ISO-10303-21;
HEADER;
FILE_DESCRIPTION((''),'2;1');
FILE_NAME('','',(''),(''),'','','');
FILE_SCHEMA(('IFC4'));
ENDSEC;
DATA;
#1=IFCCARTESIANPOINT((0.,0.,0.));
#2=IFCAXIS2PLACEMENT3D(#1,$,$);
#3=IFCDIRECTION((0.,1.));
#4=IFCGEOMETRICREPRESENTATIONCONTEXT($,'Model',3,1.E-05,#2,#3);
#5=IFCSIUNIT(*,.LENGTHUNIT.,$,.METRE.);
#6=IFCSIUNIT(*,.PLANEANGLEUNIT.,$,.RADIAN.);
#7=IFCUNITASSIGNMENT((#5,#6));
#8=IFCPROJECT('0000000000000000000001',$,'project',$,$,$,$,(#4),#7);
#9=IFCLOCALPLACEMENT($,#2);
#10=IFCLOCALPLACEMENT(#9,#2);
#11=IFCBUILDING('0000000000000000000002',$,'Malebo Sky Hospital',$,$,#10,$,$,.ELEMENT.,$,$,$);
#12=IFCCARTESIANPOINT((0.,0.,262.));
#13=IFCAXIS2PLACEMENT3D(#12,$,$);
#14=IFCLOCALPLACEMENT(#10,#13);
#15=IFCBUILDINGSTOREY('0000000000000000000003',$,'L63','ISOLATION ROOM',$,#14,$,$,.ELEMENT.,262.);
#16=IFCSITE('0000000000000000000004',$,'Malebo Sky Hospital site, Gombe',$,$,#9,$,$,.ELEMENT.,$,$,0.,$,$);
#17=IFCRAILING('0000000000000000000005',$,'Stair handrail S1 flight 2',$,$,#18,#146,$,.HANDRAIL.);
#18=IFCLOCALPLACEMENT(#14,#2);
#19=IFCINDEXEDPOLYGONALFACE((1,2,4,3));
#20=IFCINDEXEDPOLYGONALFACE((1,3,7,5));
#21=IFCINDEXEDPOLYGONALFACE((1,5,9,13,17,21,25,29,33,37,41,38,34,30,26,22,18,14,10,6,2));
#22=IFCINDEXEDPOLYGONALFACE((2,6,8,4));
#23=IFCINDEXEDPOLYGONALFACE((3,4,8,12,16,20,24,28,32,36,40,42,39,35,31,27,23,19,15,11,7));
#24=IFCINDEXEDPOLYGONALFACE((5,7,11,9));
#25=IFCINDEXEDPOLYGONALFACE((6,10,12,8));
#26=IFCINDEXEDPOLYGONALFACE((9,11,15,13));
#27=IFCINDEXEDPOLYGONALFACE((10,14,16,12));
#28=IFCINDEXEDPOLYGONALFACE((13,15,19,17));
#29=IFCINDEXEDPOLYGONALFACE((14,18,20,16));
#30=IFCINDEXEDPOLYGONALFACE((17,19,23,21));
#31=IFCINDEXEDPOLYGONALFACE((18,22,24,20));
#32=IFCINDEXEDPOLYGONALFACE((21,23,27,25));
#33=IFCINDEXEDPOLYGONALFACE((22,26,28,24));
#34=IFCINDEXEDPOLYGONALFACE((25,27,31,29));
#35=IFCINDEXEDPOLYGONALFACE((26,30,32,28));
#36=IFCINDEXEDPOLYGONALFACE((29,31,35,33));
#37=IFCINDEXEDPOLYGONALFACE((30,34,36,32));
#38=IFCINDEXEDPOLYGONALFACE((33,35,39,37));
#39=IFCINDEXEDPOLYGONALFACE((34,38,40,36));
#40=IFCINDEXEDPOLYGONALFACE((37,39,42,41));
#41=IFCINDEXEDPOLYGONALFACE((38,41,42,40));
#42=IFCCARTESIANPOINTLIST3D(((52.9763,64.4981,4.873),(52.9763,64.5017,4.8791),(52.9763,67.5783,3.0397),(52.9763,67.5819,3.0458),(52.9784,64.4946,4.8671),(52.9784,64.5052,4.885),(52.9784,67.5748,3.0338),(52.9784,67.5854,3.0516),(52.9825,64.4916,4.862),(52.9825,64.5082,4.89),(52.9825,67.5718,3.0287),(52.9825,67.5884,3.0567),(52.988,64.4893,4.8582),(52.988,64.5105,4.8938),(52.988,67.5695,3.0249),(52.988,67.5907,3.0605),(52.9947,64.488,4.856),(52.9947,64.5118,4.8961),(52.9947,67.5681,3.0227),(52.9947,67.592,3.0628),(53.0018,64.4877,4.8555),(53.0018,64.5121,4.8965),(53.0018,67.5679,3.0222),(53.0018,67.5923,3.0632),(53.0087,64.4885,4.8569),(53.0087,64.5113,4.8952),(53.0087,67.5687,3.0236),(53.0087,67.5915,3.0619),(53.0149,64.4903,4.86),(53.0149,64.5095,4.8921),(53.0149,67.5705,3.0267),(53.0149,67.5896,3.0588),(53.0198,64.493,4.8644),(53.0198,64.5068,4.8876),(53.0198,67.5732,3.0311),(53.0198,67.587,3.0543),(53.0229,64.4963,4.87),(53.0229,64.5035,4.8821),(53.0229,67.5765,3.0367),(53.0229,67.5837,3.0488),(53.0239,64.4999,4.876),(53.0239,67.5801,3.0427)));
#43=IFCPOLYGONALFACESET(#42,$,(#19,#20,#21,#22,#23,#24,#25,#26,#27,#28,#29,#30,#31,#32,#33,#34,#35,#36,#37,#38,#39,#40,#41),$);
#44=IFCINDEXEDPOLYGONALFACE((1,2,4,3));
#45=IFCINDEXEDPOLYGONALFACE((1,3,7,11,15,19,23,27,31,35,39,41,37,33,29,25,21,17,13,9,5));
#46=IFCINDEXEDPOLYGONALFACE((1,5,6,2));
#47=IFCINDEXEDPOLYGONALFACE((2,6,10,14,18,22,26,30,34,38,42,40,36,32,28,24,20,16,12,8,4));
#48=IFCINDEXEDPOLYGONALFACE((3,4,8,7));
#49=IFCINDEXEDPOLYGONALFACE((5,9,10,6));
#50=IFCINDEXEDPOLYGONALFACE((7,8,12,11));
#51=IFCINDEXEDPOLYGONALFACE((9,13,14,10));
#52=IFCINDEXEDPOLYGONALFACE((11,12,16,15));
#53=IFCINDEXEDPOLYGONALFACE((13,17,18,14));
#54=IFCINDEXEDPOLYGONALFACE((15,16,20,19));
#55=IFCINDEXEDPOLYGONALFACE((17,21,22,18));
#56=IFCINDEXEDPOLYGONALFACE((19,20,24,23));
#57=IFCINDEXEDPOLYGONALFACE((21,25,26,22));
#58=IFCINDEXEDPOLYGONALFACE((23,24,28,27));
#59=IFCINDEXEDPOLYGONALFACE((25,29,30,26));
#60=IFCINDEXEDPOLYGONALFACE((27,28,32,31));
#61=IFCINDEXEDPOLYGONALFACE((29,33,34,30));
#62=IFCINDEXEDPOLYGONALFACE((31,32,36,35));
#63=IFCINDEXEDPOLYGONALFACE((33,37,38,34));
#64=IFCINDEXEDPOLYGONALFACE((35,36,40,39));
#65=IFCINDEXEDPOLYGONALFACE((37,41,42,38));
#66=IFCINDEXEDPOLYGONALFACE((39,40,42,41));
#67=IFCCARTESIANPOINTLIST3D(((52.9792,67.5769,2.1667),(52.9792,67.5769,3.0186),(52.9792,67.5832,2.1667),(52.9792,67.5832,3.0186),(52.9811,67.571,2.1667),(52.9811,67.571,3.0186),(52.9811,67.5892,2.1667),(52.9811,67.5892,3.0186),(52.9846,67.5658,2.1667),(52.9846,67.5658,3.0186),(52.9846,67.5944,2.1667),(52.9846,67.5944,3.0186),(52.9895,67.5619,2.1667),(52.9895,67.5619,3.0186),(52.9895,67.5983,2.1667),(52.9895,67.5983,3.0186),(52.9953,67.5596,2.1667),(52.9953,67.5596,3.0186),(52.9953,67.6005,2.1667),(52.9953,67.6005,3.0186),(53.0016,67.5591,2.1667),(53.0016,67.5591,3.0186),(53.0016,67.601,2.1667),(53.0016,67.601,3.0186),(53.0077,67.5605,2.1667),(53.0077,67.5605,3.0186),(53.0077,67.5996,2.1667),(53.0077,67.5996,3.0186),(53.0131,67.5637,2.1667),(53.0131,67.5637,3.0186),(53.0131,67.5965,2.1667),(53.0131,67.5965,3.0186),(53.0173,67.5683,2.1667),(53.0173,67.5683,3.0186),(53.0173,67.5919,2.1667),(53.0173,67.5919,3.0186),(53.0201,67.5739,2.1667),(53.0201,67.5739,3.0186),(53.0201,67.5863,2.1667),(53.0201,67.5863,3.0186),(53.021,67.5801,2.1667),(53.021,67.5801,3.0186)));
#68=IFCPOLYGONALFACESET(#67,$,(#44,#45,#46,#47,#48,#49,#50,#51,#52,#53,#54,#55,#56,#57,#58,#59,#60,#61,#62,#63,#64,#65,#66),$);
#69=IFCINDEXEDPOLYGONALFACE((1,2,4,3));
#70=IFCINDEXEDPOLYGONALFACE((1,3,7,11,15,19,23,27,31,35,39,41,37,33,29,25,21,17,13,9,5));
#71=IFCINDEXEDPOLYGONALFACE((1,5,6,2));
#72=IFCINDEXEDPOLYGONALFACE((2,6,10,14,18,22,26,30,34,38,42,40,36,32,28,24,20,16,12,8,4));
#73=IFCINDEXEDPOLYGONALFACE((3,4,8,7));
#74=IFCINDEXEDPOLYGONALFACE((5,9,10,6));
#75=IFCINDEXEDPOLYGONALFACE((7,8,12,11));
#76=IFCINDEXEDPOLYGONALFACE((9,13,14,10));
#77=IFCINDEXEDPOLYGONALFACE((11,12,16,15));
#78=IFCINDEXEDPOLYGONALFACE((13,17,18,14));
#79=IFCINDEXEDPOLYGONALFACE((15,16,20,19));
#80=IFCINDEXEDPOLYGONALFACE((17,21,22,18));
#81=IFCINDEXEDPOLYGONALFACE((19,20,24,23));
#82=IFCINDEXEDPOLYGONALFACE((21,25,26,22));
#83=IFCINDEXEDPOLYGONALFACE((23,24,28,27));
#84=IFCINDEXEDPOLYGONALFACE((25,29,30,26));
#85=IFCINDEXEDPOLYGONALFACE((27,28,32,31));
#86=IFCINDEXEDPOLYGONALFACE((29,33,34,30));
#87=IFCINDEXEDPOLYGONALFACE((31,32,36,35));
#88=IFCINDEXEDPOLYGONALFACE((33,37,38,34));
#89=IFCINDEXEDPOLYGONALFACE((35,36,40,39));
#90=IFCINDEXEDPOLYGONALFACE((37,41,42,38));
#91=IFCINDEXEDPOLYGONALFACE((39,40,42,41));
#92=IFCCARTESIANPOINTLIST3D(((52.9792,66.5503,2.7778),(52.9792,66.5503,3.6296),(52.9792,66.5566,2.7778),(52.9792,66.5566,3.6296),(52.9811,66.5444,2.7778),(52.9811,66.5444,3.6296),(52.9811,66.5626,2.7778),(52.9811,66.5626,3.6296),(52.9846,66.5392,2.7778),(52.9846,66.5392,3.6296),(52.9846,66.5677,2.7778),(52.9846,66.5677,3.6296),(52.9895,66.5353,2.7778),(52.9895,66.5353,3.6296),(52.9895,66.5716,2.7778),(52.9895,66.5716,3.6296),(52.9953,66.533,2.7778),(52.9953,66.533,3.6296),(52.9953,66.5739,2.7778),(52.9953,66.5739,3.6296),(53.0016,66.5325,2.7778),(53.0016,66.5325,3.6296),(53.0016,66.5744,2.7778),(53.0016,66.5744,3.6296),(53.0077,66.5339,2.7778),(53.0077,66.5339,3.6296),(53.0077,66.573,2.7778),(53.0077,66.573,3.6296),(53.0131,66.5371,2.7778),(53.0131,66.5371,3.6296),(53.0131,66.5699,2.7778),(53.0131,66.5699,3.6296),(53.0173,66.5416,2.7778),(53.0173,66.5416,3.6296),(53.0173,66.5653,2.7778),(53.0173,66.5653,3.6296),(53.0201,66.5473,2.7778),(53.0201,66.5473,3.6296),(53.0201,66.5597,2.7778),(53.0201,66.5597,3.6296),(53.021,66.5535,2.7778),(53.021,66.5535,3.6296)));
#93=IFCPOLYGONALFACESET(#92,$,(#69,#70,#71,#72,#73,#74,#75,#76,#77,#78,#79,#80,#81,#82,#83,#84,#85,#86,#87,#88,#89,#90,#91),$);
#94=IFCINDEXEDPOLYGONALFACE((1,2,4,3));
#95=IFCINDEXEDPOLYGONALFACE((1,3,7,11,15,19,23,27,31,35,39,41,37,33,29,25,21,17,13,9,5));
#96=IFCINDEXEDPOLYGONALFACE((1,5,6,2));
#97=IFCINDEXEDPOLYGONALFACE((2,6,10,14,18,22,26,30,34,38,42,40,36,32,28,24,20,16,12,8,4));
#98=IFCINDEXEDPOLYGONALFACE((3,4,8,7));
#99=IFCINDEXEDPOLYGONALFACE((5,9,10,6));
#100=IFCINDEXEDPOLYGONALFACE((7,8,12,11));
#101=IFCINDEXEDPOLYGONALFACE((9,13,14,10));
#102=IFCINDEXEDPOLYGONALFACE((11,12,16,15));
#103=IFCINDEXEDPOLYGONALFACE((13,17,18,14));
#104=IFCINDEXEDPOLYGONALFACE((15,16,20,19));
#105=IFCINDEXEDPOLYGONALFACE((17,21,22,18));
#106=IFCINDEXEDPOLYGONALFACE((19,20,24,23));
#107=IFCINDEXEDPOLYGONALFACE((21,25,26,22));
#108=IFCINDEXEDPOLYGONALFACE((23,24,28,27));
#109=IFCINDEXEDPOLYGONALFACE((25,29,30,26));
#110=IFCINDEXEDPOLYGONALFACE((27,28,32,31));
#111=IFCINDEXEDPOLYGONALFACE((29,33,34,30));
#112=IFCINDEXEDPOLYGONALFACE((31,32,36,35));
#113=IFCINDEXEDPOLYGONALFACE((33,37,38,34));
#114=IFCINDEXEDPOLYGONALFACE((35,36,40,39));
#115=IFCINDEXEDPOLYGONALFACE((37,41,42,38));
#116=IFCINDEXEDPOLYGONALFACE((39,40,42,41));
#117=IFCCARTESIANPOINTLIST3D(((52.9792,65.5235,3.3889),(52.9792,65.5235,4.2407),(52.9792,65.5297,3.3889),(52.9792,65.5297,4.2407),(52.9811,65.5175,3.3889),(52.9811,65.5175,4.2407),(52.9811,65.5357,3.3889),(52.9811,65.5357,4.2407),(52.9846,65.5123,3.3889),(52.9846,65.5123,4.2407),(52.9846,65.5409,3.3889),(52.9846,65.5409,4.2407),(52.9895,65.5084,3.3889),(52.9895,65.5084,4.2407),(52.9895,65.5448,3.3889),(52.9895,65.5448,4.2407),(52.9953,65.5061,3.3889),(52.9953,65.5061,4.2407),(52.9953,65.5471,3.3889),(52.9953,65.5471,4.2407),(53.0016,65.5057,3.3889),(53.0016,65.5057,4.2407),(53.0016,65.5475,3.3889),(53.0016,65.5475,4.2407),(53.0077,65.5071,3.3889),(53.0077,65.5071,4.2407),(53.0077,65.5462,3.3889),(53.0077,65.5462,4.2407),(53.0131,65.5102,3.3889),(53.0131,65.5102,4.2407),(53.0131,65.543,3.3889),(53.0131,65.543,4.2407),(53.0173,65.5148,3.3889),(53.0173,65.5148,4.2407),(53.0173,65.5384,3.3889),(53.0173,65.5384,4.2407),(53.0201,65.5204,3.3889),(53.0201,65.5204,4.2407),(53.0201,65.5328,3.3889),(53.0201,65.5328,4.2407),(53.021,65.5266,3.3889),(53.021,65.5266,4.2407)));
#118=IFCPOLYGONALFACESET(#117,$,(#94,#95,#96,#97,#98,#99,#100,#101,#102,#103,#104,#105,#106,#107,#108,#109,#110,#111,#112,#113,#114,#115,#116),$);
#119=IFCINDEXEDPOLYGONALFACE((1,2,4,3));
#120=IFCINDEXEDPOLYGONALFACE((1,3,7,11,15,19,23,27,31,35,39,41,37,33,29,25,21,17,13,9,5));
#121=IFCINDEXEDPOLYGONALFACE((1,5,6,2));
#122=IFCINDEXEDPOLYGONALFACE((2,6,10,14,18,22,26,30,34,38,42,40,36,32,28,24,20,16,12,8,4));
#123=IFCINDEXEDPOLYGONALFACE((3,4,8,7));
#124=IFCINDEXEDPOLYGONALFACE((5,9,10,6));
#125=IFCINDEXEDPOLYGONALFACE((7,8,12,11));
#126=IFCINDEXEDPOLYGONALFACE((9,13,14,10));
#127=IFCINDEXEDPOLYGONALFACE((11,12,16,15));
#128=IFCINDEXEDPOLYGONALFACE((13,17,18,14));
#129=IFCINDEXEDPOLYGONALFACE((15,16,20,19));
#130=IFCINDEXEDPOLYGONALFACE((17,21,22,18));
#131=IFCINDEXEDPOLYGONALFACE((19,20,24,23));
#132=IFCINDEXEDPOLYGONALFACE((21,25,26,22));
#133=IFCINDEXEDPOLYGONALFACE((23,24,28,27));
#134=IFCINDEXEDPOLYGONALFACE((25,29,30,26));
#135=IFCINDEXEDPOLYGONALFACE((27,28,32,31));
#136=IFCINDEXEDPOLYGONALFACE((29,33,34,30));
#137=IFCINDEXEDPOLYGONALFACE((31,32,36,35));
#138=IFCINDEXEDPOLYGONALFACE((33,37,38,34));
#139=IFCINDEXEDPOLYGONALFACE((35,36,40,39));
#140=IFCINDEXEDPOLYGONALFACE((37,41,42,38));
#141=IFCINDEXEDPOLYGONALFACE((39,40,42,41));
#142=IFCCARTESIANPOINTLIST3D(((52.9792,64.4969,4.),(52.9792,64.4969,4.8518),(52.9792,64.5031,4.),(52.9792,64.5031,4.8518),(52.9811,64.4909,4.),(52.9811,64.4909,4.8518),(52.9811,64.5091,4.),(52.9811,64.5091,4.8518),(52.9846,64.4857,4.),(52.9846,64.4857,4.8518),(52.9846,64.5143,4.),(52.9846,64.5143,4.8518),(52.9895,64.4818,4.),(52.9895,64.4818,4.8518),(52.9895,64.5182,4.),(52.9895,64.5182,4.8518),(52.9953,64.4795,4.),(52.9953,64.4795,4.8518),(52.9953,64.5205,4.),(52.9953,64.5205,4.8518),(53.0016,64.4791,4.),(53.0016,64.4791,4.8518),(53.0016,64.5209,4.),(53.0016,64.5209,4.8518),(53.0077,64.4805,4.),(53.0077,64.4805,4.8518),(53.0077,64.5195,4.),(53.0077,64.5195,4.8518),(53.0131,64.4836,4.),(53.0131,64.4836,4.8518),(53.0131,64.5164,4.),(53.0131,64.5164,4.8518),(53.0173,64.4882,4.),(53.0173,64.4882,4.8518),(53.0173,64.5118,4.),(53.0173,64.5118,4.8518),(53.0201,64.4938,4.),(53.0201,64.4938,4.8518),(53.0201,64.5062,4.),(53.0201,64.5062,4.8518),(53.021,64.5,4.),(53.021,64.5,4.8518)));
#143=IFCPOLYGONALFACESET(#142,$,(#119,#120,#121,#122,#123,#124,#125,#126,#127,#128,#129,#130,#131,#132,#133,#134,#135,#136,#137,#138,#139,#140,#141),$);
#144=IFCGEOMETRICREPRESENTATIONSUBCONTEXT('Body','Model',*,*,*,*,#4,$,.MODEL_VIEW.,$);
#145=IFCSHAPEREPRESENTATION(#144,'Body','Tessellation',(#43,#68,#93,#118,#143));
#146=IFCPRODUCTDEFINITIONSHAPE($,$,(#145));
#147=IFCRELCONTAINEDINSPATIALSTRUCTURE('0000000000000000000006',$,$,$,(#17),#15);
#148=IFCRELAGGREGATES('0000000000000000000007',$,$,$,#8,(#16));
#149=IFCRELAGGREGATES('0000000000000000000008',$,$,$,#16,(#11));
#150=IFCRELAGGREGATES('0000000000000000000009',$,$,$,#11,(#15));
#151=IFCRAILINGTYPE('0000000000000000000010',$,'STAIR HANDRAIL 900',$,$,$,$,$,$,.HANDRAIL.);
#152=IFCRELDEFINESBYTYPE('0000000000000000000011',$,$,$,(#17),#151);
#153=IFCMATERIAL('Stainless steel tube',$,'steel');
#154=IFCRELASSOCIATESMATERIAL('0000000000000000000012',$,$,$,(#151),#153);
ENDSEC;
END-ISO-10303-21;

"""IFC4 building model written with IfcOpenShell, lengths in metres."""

from ifc_helpers import new_model, si_unit, direction, frame, origin, origin_2d, place, context, subcontext, project, spatial, circle, extrude, material, type_object, element, save


model = new_model("IFC4")

# Units and contexts
model_context = context("Model", 3, precision=1e-05, world=origin(), true_north=direction((0.0, 1.0)))
body_context = subcontext(model_context, "Body", "Model", "MODEL_VIEW")
ifc_project = project(units=[si_unit("LENGTHUNIT", "METRE"), si_unit("PLANEANGLEUNIT", "RADIAN")], contexts=[model_context])

# Site, building, storey
site_placement = place(None, origin())
site = spatial("IfcSite", under=ifc_project, at=site_placement, Name="Malebo Sky Hospital site, Gombe", CompositionType="ELEMENT", RefElevation=0.0)
building_placement = place(site_placement, origin())
building = spatial("IfcBuilding", under=site, at=building_placement, Name="Malebo Sky Hospital", CompositionType="ELEMENT")
storey_placement = place(building_placement, frame((0.0, 0.0, 262.0)))
storey = spatial("IfcBuildingStorey", under=building, at=storey_placement, Name="L63", Description="ISOLATION ROOM", CompositionType="ELEMENT", Elevation=262.0)

# Railing
ifc_material_1 = material(Name="Stainless steel tube", Category="steel")
railing_type = type_object("IfcRailingType", Name="STAIR HANDRAIL 900", PredefinedType="HANDRAIL", material=ifc_material_1)
railing_placement = place(storey_placement, frame((53.0, 67.5801, 2.1667)))
element("IfcRailing", 1, at=railing_placement, inside=storey, type_object=railing_type, Name="Stair handrail S1 flight 2", PredefinedType="HANDRAIL", context=body_context, shape_type="SweptSolid", body=[
    extrude(circle(Radius=0.0239, at=origin_2d()), frame((0.0, 0.0, 0.876), z_axis=(0.0, -0.859309, 0.511458), x_axis=(1.0, 0.0, 0.0)), (0.0, 0.0, 1.0), 3.5845),
    extrude(circle(Radius=0.021, at=origin_2d()), origin(), (0.0, 0.0, 1.0), 0.8518),
    extrude(circle(Radius=0.021, at=origin_2d()), frame((0.0, -1.0266, 0.6111)), (0.0, 0.0, 1.0), 0.8518),
    extrude(circle(Radius=0.021, at=origin_2d()), frame((0.0, -2.0535, 1.2222)), (0.0, 0.0, 1.0), 0.8518),
    extrude(circle(Radius=0.021, at=origin_2d()), frame((0.0, -3.0801, 1.8333)), (0.0, 0.0, 1.0), 0.8518),
])

save(model, "model.ifc")
